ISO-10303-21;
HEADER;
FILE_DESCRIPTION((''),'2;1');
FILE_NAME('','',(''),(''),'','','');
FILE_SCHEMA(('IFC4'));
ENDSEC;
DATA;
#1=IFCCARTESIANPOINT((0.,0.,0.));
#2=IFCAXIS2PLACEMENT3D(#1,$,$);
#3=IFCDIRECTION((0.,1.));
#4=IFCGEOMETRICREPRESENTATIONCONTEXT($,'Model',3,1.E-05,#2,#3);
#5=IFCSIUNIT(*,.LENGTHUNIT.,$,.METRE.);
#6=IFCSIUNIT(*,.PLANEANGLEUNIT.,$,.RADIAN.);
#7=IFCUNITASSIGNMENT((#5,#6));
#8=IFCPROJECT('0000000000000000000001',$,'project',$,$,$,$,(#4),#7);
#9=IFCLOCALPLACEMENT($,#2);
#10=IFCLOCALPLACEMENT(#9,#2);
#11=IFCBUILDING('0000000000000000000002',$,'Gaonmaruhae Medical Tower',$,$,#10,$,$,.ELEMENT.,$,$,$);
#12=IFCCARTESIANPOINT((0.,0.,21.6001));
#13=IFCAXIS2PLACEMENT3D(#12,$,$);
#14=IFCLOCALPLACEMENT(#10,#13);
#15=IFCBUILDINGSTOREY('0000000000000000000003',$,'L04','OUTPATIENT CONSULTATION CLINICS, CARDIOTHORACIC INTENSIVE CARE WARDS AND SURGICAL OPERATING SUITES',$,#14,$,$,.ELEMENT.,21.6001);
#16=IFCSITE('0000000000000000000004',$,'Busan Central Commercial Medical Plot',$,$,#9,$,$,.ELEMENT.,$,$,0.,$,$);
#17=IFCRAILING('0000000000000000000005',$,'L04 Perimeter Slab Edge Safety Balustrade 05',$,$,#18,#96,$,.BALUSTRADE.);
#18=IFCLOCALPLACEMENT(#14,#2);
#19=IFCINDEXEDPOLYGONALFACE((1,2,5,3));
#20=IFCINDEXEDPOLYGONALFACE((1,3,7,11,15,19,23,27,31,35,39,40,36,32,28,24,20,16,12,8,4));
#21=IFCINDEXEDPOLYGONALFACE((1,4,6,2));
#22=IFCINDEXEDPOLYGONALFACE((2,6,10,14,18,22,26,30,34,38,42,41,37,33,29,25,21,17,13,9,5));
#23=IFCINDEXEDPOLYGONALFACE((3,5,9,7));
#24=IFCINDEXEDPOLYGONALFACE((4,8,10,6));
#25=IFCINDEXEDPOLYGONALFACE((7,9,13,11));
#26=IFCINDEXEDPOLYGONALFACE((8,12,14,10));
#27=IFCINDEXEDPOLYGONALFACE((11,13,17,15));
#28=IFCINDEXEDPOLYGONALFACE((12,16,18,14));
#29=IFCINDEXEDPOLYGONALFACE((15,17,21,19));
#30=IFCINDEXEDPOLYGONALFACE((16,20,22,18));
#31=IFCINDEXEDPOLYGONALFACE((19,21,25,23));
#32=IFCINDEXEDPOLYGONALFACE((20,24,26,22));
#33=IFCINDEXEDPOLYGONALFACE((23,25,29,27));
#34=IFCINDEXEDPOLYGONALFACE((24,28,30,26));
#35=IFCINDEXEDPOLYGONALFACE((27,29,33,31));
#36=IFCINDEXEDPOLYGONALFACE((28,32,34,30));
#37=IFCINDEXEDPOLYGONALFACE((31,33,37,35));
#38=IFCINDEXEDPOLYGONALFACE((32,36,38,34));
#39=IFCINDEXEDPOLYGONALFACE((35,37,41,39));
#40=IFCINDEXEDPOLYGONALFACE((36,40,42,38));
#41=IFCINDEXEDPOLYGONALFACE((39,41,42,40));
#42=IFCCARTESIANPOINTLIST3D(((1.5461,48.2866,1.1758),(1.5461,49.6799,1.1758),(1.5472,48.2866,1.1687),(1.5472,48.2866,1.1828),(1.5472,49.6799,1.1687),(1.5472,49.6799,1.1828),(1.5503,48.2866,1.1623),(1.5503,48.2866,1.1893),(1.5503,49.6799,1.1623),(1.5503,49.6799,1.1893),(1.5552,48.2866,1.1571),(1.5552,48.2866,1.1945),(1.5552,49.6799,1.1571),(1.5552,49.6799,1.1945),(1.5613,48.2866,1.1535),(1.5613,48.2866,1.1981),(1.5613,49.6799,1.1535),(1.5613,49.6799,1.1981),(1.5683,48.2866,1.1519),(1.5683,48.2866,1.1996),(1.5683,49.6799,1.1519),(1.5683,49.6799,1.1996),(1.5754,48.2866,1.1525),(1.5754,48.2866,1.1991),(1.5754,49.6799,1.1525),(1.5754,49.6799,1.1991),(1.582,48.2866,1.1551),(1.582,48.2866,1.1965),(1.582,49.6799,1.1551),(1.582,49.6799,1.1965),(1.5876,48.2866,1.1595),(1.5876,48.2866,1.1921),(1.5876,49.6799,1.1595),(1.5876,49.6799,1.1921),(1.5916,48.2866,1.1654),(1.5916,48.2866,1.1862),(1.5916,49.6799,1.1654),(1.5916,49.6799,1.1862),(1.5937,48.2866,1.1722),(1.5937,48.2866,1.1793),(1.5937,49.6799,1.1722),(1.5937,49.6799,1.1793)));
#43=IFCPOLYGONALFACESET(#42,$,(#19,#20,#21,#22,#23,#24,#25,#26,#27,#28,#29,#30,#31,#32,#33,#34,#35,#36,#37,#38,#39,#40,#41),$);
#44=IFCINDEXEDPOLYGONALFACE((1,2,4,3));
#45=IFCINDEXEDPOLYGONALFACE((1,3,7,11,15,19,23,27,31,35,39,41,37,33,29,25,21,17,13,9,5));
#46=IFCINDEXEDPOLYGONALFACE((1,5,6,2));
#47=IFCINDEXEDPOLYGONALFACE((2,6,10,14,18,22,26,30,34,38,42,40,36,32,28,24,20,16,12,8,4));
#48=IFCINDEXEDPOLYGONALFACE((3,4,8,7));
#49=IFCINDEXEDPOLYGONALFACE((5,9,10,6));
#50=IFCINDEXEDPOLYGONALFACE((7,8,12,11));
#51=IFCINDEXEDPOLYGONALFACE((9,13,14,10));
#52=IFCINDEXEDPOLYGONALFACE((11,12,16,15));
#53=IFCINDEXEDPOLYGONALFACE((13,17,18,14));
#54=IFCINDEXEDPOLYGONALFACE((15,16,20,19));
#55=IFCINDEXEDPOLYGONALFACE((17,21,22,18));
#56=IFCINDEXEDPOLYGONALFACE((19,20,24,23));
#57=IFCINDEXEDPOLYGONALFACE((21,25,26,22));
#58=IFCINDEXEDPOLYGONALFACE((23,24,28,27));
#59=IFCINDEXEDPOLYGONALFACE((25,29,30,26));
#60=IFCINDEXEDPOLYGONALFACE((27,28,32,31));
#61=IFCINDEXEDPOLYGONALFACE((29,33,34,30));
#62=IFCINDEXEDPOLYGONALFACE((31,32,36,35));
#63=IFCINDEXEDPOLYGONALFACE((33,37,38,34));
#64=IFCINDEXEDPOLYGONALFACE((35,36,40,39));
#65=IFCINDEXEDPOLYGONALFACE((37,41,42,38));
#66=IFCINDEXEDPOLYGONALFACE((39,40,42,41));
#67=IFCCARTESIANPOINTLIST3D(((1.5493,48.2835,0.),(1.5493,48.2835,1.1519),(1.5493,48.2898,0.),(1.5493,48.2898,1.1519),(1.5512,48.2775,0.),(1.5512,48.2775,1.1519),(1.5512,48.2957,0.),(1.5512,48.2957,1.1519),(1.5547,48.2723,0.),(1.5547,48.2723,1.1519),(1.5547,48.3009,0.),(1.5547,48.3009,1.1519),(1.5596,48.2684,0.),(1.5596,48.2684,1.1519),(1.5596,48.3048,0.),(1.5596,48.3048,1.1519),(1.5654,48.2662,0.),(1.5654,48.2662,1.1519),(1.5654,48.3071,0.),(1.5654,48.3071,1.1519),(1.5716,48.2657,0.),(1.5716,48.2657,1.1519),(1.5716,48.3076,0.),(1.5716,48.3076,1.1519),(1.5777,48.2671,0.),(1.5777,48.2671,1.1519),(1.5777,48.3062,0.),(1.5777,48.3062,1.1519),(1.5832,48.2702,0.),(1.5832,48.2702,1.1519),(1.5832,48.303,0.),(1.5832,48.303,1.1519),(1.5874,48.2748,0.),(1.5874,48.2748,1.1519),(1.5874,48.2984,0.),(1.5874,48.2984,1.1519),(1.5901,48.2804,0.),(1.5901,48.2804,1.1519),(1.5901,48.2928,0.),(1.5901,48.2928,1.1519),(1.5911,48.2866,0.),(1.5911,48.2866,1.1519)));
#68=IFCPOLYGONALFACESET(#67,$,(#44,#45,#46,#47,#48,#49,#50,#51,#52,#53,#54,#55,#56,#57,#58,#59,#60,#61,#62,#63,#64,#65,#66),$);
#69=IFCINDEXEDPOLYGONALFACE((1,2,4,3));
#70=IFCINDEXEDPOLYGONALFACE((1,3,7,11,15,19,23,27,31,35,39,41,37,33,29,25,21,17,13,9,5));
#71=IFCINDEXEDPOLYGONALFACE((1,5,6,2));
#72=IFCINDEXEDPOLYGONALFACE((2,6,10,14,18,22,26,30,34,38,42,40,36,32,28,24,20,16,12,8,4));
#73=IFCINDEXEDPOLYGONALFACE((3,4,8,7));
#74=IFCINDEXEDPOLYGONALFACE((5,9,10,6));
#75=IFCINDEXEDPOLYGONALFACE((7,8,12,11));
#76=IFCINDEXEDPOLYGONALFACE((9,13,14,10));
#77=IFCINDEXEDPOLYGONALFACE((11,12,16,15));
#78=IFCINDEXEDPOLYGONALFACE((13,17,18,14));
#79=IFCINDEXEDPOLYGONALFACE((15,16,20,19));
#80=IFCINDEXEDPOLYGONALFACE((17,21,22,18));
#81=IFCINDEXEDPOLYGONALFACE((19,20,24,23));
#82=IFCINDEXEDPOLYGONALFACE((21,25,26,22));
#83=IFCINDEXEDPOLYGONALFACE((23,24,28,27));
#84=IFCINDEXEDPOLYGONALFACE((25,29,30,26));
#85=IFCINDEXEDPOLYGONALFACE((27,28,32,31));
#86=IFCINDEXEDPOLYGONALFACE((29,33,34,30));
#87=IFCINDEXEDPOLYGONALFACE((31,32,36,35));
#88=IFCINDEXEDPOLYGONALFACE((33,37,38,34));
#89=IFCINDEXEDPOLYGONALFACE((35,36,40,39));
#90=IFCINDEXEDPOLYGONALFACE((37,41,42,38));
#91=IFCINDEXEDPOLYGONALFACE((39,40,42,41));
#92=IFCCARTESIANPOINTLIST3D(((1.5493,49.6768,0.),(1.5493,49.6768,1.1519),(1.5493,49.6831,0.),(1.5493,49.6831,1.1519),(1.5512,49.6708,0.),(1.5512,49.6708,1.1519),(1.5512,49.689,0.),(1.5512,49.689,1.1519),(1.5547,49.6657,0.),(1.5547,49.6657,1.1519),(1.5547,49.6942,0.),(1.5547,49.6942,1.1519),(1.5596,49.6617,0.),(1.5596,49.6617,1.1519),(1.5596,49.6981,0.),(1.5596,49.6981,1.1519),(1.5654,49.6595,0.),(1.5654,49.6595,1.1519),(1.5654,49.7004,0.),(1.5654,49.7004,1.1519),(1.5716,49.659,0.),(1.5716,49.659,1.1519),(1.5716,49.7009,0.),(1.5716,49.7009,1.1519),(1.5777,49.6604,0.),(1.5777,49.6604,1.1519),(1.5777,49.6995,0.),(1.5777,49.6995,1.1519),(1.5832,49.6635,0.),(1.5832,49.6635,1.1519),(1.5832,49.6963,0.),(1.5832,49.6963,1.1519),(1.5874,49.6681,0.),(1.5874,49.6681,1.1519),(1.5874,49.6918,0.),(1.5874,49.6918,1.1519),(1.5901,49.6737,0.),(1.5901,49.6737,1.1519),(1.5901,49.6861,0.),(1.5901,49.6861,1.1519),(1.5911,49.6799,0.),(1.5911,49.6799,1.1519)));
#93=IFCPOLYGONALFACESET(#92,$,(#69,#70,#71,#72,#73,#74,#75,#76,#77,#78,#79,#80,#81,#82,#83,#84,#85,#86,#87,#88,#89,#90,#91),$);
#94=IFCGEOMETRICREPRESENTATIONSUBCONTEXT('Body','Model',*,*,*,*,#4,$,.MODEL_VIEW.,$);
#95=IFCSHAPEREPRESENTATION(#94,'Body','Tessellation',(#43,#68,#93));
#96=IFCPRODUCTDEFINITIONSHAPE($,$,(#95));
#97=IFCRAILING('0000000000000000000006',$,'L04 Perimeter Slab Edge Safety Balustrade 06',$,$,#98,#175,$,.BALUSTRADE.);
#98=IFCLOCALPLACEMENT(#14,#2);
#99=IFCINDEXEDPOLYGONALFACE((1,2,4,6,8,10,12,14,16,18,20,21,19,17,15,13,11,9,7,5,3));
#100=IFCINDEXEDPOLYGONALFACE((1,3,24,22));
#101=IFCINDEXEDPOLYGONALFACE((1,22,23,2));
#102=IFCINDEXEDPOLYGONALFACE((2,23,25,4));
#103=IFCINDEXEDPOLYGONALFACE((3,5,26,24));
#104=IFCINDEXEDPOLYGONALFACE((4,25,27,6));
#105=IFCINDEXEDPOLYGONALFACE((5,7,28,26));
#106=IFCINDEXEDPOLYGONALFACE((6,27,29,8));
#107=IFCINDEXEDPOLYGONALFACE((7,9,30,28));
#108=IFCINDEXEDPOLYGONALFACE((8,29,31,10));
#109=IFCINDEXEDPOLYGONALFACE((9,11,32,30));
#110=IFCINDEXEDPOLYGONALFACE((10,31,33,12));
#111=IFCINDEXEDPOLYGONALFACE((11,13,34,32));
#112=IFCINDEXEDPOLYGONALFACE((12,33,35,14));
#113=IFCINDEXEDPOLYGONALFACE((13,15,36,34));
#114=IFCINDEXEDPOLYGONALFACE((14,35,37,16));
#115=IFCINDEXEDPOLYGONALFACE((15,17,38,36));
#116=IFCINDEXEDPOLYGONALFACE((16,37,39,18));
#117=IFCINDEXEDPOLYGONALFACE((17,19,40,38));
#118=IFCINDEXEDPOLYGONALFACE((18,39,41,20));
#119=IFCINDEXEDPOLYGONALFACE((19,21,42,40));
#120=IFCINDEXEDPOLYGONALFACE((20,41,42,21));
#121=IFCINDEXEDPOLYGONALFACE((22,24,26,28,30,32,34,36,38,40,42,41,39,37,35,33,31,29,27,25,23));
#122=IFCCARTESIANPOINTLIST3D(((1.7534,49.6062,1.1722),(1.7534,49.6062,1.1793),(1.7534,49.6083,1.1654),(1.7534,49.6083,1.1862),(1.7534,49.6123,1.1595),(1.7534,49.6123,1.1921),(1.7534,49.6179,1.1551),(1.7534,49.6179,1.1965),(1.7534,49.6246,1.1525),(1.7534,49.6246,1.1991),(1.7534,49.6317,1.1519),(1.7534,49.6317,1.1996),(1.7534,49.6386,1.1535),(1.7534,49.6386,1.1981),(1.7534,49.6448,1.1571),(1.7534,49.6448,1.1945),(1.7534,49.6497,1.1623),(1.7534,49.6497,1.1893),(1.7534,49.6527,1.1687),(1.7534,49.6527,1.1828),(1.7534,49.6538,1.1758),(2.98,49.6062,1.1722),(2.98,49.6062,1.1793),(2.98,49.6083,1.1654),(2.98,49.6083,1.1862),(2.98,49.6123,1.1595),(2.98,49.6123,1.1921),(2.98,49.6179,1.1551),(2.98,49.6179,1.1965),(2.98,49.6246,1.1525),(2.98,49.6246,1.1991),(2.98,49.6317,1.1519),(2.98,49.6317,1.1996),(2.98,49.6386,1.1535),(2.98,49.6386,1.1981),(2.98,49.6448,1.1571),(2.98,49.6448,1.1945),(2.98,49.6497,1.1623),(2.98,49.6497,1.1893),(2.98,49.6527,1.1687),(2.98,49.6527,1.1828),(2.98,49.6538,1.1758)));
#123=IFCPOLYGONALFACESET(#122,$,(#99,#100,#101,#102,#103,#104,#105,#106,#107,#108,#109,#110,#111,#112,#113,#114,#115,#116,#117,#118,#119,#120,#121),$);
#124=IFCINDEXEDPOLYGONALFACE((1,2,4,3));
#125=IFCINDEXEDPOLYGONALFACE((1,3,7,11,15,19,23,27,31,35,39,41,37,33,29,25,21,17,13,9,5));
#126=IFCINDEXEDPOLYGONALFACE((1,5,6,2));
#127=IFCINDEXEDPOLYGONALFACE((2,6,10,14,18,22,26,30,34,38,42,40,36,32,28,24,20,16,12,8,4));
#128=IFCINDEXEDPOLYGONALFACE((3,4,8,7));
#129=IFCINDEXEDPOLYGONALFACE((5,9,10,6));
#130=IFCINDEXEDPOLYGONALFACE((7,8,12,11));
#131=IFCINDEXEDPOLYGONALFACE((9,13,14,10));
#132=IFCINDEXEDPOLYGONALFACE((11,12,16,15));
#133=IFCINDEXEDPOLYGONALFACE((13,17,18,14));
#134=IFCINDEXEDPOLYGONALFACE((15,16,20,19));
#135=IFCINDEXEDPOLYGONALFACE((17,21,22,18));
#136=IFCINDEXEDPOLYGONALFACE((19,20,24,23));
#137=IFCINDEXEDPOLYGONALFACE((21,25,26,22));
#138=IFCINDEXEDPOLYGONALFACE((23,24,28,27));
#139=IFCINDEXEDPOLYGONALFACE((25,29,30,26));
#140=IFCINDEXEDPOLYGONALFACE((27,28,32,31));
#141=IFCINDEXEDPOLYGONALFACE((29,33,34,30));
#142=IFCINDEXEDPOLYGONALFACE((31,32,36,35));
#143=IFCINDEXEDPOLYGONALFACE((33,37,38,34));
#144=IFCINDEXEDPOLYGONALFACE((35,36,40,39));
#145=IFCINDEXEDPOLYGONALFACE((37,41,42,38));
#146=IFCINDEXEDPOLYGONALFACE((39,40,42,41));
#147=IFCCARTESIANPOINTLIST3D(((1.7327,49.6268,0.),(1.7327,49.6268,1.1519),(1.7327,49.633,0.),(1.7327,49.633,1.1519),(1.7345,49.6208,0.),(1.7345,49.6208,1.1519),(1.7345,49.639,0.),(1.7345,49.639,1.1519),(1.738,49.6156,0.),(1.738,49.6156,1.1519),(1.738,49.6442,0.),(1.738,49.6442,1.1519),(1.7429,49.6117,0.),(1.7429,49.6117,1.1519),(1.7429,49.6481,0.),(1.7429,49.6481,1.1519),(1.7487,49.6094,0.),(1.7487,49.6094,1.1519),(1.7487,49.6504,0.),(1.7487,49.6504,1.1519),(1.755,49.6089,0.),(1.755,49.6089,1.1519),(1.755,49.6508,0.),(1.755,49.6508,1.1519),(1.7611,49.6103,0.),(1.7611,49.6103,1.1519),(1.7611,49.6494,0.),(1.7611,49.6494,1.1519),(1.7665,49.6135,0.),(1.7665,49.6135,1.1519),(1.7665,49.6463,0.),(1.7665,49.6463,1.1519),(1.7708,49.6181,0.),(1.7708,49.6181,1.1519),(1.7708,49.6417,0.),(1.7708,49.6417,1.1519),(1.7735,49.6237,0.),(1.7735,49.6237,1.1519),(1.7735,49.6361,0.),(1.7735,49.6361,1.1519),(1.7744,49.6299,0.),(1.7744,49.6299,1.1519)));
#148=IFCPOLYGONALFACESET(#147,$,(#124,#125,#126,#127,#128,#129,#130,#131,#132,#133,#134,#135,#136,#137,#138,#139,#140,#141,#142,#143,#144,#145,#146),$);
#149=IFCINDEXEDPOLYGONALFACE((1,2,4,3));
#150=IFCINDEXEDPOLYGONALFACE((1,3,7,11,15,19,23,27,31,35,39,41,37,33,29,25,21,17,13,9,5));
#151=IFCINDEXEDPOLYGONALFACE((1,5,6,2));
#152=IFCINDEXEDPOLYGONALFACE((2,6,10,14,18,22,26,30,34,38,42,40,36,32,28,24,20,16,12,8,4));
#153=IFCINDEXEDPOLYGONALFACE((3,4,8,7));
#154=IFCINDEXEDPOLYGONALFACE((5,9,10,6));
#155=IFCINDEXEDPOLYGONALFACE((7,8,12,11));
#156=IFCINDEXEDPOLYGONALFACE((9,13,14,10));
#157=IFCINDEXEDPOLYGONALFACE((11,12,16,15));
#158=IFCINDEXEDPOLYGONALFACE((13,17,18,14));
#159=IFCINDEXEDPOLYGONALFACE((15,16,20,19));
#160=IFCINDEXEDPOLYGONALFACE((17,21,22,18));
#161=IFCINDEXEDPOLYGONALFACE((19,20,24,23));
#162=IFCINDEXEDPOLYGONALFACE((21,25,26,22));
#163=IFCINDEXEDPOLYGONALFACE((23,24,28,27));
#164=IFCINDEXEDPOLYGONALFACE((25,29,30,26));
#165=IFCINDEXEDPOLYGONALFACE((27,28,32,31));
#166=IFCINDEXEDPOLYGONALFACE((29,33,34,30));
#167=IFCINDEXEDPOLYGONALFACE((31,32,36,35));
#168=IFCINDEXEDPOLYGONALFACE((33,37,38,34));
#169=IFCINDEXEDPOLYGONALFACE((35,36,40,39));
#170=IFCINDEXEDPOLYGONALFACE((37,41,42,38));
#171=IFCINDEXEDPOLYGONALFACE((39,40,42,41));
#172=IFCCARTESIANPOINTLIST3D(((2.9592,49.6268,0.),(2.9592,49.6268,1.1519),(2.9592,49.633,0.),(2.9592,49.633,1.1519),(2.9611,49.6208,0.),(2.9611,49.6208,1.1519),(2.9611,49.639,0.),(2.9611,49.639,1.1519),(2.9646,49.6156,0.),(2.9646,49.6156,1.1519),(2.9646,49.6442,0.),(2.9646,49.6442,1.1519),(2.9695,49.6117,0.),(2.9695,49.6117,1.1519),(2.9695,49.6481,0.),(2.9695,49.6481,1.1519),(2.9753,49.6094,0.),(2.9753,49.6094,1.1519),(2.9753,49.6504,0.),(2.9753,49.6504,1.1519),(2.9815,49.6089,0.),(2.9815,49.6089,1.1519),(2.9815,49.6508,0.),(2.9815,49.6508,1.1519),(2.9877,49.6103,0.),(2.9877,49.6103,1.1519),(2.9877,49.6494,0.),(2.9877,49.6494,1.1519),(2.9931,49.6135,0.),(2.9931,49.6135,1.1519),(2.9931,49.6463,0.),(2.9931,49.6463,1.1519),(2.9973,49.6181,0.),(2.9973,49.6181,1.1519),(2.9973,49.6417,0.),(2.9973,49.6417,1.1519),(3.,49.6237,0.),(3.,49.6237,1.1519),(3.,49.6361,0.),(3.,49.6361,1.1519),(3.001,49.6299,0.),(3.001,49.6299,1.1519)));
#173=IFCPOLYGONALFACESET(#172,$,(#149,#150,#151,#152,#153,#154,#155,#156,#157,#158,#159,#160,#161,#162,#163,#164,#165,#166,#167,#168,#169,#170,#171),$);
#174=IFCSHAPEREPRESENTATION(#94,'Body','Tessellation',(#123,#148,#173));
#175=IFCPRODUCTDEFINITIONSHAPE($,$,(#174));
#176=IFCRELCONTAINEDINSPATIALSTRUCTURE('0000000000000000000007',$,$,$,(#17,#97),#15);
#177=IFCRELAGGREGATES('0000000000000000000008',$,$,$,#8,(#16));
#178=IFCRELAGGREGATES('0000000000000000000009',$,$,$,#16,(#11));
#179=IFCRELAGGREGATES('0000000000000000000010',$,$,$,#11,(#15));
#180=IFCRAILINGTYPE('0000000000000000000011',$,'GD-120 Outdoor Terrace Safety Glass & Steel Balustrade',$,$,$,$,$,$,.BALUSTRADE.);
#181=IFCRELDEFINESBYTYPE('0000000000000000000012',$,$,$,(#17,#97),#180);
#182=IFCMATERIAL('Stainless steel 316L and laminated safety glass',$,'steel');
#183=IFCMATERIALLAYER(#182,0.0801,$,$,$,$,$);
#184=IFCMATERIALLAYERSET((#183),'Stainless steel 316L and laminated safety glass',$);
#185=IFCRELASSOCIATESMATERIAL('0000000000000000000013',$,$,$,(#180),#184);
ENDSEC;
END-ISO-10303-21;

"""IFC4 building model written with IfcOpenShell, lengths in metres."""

from ifc_helpers import new_model, si_unit, direction, frame, origin, origin_2d, place, context, subcontext, project, spatial, circle, extrude, material, layer, layer_set, type_object, element, save


model = new_model("IFC4")

# Units and contexts
model_context = context("Model", 3, precision=1e-05, world=origin(), true_north=direction((0.0, 1.0)))
body_context = subcontext(model_context, "Body", "Model", "MODEL_VIEW")
ifc_project = project(units=[si_unit("LENGTHUNIT", "METRE"), si_unit("PLANEANGLEUNIT", "RADIAN")], contexts=[model_context])

# Site, building, storey
site_placement = place(None, origin())
site = spatial("IfcSite", under=ifc_project, at=site_placement, Name="Busan Central Commercial Medical Plot", CompositionType="ELEMENT", RefElevation=0.0)
building_placement = place(site_placement, origin())
building = spatial("IfcBuilding", under=site, at=building_placement, Name="Gaonmaruhae Medical Tower", CompositionType="ELEMENT")
storey_placement = place(building_placement, frame((0.0, 0.0, 21.6001)))
storey = spatial("IfcBuildingStorey", under=building, at=storey_placement, Name="L04", Description="OUTPATIENT CONSULTATION CLINICS, CARDIOTHORACIC INTENSIVE CARE WARDS AND SURGICAL OPERATING SUITES", CompositionType="ELEMENT", Elevation=21.6001)

# Railings
ifc_material_1 = material(Name="Stainless steel 316L and laminated safety glass", Category="steel")
ifc_layer_1 = layer(ifc_material_1, 0.0801)
ifc_layer_set_1 = layer_set([ifc_layer_1], Name="Stainless steel 316L and laminated safety glass")
railing_type_1 = type_object("IfcRailingType", Name="GD-120 Outdoor Terrace Safety Glass & Steel Balustrade", PredefinedType="BALUSTRADE", material=ifc_layer_set_1)
railing_1_placement = place(storey_placement, frame((1.5701, 48.2866, 0.0)))
element("IfcRailing", 1, at=railing_1_placement, inside=storey, type_object=railing_type_1, Name="L04 Perimeter Slab Edge Safety Balustrade 05", PredefinedType="BALUSTRADE", context=body_context, shape_type="SweptSolid", body=[
    extrude(circle(Radius=0.0239, at=origin_2d()), frame((0.0, 0.0, 1.1758), z_axis=(0.0, 1.0, 0.0), x_axis=(-1.0, 0.0, 0.0)), (0.0, 0.0, 1.0), 1.3933),
    extrude(circle(Radius=0.021, at=origin_2d()), origin(), (0.0, 0.0, 1.0), 1.1519),
    extrude(circle(Radius=0.021, at=origin_2d()), frame((0.0, 1.3933, 0.0)), (0.0, 0.0, 1.0), 1.1519),
])
railing_2_placement = place(storey_placement, frame((1.7534, 49.6299, 0.0)))
element("IfcRailing", 2, at=railing_2_placement, inside=storey, type_object=railing_type_1, Name="L04 Perimeter Slab Edge Safety Balustrade 06", PredefinedType="BALUSTRADE", context=body_context, shape_type="SweptSolid", body=[
    extrude(circle(Radius=0.0239, at=origin_2d()), frame((0.0, 0.0, 1.1758), z_axis=(1.0, 0.0, 0.0), x_axis=(0.0, 1.0, 0.0)), (0.0, 0.0, 1.0), 1.2266),
    extrude(circle(Radius=0.021, at=origin_2d()), origin(), (0.0, 0.0, 1.0), 1.1519),
    extrude(circle(Radius=0.021, at=origin_2d()), frame((1.2266, 0.0, 0.0)), (0.0, 0.0, 1.0), 1.1519),
])

save(model, "model.ifc")
